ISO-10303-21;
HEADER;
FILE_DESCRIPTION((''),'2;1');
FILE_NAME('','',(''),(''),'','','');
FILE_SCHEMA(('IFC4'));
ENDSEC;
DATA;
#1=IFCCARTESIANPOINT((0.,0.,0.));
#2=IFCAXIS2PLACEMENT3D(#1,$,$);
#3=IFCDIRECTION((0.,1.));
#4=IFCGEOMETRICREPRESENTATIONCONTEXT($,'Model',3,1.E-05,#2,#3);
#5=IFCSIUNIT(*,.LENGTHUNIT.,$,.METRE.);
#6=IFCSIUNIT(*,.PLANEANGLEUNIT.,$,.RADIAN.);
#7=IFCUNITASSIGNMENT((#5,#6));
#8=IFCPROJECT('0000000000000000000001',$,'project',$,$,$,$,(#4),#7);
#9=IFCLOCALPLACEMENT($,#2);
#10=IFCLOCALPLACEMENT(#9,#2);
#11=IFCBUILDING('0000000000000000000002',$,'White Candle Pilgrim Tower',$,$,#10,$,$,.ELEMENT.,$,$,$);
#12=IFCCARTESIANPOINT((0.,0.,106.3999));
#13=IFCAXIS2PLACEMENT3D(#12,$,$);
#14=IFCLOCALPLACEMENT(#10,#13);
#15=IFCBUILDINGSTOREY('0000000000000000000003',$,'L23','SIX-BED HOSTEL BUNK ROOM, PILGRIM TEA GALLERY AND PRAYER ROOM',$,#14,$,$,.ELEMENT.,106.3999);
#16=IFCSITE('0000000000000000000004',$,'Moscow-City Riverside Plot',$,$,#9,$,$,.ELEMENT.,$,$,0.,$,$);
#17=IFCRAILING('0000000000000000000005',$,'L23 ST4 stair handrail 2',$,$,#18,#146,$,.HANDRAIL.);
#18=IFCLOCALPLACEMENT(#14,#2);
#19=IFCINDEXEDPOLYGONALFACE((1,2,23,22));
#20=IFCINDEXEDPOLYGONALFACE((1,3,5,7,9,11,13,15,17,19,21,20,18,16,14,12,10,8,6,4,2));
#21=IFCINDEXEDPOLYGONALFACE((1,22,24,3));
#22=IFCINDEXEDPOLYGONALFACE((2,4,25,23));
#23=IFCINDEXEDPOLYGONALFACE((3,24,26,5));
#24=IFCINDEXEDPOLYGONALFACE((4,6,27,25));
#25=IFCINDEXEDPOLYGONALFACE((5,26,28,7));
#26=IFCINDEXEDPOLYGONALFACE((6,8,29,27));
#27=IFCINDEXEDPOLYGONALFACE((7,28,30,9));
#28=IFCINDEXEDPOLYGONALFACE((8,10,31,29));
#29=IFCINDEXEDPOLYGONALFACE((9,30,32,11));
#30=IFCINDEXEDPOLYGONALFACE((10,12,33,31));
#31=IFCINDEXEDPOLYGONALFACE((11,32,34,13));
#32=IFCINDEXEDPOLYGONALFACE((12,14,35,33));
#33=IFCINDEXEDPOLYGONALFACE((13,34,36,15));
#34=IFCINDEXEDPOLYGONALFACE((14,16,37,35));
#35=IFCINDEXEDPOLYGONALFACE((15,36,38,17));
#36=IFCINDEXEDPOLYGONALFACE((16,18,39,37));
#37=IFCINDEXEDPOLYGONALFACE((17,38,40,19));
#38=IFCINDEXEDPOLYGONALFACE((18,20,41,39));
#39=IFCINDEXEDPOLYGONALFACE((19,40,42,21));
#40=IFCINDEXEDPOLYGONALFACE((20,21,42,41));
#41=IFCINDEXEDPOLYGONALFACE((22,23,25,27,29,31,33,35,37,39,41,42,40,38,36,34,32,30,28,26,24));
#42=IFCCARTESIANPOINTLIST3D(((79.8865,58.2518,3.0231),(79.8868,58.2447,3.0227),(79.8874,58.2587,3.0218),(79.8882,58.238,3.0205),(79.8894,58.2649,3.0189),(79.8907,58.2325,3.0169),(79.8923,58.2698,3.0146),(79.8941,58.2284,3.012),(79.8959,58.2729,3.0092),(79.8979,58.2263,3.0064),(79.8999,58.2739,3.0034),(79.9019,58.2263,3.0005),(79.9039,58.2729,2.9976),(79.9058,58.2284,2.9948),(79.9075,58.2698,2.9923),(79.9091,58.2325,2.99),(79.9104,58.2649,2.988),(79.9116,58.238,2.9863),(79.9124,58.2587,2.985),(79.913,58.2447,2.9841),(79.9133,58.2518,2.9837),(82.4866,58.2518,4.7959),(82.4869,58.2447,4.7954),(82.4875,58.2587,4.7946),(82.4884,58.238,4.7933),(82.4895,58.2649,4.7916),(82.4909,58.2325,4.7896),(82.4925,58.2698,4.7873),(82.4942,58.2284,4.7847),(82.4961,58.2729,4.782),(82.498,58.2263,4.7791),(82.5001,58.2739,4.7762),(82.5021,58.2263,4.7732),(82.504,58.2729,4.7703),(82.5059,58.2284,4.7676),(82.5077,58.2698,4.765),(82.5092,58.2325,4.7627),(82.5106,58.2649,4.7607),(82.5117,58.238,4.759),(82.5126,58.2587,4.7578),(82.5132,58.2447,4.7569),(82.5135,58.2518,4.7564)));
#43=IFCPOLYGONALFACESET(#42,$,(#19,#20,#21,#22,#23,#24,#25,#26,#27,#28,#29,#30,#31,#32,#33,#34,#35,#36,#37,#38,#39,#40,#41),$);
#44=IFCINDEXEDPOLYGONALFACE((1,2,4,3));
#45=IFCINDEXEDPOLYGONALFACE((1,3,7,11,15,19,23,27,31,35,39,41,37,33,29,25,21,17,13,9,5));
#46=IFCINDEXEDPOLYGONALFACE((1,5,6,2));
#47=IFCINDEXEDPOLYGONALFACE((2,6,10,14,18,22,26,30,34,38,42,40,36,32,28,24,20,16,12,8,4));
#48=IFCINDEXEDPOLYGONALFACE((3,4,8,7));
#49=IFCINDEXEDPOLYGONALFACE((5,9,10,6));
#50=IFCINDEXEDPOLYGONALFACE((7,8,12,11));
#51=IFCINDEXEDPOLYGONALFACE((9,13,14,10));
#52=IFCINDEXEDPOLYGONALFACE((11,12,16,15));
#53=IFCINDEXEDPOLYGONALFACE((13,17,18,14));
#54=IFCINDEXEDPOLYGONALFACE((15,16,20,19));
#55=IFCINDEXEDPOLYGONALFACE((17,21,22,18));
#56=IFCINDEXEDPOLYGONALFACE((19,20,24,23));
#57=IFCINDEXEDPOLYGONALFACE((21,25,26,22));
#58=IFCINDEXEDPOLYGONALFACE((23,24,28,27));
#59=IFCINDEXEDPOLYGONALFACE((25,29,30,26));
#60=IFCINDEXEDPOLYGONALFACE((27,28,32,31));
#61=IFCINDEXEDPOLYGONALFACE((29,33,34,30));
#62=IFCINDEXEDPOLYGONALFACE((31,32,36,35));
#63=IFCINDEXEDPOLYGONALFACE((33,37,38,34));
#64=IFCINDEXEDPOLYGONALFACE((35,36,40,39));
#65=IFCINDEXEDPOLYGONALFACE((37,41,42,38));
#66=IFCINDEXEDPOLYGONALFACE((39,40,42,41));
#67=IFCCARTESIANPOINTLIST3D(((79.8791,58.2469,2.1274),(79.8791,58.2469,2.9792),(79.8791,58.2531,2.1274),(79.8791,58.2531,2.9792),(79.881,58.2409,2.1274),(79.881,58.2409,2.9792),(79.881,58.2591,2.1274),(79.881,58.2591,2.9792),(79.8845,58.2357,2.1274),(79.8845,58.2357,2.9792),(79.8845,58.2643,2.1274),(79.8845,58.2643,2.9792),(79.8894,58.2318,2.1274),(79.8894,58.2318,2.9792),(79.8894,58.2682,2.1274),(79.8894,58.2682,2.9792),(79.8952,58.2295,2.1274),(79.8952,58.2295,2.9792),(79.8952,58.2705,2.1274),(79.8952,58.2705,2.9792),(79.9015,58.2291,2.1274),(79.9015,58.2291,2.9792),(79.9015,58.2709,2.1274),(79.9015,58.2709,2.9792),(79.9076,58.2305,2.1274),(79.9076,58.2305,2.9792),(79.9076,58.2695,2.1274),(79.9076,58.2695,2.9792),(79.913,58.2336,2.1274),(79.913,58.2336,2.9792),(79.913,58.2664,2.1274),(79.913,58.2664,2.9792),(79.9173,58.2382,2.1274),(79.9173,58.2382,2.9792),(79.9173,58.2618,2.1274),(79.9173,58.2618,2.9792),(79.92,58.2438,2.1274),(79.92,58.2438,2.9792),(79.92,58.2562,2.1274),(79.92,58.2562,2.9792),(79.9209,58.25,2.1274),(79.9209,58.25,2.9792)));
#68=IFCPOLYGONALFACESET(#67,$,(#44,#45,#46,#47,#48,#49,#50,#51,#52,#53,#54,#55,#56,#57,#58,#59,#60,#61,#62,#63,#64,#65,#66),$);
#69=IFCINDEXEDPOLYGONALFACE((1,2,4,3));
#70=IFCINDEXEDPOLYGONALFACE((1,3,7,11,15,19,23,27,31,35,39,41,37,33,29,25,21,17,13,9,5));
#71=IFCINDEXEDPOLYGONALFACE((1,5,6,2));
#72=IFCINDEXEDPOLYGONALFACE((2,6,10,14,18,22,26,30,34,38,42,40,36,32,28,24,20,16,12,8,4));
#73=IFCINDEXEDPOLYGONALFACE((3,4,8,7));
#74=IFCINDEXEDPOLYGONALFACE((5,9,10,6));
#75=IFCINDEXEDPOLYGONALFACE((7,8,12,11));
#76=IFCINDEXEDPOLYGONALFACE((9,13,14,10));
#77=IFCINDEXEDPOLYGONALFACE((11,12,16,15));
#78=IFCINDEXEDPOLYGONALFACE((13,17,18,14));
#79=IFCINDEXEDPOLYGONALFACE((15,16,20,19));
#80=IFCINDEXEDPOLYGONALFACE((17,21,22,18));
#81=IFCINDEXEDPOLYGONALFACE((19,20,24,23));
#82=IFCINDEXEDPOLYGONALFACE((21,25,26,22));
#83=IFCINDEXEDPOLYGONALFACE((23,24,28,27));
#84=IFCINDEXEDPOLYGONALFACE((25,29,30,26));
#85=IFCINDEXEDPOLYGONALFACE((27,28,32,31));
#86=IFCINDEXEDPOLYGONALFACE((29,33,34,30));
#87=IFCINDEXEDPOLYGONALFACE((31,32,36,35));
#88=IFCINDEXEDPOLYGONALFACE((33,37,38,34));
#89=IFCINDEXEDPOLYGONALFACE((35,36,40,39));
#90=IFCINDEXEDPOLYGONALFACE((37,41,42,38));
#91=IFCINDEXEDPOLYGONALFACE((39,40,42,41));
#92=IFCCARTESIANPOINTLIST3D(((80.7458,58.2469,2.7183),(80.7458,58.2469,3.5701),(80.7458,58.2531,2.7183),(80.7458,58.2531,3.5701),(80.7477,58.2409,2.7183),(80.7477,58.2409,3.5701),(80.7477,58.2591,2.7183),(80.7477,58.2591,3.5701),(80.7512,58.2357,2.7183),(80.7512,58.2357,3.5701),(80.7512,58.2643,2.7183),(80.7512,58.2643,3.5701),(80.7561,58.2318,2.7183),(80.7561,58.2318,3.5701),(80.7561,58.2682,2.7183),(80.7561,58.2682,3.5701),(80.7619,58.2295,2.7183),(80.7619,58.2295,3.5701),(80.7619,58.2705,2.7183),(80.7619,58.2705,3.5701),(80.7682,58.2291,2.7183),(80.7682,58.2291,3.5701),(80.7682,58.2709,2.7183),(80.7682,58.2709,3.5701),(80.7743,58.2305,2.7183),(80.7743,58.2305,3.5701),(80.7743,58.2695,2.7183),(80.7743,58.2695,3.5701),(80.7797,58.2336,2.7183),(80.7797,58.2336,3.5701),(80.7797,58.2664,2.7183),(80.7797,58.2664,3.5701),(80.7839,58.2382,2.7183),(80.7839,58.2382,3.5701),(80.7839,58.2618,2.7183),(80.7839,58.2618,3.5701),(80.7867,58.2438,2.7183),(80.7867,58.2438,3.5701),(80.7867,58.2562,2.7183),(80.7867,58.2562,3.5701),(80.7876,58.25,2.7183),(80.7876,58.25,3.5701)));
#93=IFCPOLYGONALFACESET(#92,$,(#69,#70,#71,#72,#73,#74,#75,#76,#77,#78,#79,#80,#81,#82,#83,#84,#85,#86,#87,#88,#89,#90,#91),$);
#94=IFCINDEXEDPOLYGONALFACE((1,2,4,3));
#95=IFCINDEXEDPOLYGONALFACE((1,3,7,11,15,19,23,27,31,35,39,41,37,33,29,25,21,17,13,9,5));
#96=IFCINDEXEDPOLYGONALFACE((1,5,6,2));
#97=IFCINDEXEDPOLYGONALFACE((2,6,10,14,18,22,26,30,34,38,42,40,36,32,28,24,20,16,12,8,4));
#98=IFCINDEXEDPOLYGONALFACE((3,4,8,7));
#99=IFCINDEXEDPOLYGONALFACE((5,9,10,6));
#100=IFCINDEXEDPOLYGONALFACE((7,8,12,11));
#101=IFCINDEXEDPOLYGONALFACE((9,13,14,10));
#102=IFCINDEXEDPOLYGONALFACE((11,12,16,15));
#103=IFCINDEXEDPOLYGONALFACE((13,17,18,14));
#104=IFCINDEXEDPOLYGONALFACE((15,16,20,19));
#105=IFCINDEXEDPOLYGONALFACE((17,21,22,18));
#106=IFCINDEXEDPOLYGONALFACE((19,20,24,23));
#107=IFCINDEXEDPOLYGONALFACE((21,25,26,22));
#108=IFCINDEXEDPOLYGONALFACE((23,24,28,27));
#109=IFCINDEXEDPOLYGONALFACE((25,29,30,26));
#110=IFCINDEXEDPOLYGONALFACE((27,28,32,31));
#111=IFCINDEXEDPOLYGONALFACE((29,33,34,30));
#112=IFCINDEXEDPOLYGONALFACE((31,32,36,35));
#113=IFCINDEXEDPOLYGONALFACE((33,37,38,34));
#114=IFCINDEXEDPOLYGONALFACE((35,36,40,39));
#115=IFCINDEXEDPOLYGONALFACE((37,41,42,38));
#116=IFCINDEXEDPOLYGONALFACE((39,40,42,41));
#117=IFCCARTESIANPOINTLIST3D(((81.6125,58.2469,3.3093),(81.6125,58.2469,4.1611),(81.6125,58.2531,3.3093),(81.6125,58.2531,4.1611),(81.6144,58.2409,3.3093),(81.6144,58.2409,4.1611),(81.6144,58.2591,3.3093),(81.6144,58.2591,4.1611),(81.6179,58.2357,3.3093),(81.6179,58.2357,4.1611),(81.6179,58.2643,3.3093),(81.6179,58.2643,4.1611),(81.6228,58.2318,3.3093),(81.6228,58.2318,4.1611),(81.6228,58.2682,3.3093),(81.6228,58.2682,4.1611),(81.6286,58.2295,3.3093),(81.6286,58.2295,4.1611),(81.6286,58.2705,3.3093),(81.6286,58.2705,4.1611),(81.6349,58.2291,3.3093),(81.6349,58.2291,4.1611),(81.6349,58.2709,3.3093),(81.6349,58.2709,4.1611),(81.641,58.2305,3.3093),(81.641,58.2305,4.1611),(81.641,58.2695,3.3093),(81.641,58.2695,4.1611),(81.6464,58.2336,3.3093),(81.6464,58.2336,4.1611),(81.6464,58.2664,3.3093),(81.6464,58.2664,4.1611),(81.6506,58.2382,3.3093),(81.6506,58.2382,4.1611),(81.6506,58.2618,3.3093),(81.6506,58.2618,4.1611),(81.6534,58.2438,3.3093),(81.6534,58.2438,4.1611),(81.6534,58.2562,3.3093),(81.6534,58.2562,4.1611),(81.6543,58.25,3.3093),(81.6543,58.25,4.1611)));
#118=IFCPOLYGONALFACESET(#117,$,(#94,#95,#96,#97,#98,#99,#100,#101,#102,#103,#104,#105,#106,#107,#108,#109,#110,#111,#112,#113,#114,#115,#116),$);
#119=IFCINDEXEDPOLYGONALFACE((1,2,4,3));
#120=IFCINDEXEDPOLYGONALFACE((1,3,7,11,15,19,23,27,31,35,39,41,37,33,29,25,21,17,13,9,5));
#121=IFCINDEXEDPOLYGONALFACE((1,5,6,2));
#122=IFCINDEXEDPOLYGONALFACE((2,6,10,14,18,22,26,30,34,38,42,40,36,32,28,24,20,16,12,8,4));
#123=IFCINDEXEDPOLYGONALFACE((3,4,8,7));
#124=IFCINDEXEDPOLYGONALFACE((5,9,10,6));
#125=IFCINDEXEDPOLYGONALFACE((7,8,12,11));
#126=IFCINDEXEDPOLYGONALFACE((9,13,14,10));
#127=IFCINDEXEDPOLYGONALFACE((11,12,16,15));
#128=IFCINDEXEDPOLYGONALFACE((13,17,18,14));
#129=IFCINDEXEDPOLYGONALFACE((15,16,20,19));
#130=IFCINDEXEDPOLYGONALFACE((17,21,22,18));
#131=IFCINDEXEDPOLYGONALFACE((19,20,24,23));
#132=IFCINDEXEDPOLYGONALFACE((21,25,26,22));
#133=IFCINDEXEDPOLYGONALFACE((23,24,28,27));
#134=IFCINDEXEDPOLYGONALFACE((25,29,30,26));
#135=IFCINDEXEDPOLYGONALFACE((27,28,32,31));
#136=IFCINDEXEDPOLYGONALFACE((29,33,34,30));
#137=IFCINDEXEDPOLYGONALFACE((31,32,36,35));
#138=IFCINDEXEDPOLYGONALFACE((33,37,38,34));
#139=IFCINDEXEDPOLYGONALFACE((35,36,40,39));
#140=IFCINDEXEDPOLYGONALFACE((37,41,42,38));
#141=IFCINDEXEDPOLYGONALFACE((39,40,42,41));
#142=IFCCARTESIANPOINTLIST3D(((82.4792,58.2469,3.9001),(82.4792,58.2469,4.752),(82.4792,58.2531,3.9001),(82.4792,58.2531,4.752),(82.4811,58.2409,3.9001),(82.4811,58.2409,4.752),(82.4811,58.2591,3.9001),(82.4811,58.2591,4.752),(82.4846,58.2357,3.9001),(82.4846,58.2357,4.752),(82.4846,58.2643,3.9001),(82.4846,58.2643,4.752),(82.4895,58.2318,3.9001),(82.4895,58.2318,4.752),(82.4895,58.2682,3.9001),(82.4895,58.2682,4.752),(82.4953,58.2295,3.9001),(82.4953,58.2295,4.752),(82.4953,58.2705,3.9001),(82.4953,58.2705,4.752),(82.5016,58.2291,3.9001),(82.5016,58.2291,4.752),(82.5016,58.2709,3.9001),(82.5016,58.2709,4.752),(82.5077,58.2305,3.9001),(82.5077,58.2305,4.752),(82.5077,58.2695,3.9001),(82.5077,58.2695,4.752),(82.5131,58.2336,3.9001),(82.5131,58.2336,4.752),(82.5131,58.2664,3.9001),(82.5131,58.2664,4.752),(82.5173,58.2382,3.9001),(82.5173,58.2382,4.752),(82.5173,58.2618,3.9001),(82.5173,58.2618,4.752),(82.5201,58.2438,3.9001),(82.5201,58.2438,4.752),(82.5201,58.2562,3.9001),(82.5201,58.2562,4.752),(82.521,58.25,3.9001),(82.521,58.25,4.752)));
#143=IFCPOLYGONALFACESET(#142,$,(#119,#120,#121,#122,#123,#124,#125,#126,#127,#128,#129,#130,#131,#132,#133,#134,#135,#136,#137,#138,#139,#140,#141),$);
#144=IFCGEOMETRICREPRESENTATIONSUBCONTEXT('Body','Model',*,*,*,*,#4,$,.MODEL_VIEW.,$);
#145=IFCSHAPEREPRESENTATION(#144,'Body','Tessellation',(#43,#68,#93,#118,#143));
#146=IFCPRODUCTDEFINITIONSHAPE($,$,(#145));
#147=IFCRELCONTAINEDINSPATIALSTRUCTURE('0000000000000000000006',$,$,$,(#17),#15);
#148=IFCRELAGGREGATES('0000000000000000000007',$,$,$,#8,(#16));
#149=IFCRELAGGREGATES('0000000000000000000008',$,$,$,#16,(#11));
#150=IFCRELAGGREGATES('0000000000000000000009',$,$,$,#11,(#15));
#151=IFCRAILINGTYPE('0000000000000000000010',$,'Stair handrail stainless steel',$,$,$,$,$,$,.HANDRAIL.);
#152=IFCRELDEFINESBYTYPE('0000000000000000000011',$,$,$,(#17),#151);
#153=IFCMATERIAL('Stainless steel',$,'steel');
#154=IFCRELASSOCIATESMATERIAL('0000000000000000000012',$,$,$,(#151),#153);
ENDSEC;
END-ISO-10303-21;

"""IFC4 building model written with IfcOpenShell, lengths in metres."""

from ifc_helpers import new_model, si_unit, direction, frame, origin, origin_2d, place, context, subcontext, project, spatial, circle, extrude, material, type_object, element, save


model = new_model("IFC4")

# Units and contexts
model_context = context("Model", 3, precision=1e-05, world=origin(), true_north=direction((0.0, 1.0)))
body_context = subcontext(model_context, "Body", "Model", "MODEL_VIEW")
ifc_project = project(units=[si_unit("LENGTHUNIT", "METRE"), si_unit("PLANEANGLEUNIT", "RADIAN")], contexts=[model_context])

# Site, building, storey
site_placement = place(None, origin())
site = spatial("IfcSite", under=ifc_project, at=site_placement, Name="Moscow-City Riverside Plot", CompositionType="ELEMENT", RefElevation=0.0)
building_placement = place(site_placement, origin())
building = spatial("IfcBuilding", under=site, at=building_placement, Name="White Candle Pilgrim Tower", CompositionType="ELEMENT")
storey_placement = place(building_placement, frame((0.0, 0.0, 106.3999)))
storey = spatial("IfcBuildingStorey", under=building, at=storey_placement, Name="L23", Description="SIX-BED HOSTEL BUNK ROOM, PILGRIM TEA GALLERY AND PRAYER ROOM", CompositionType="ELEMENT", Elevation=106.3999)

# Railing
ifc_material_1 = material(Name="Stainless steel", Category="steel")
railing_type_1 = type_object("IfcRailingType", Name="Stair handrail stainless steel", PredefinedType="HANDRAIL", material=ifc_material_1)
railing_1_placement = place(storey_placement, frame((79.8999, 58.25, 2.1274)))
element("IfcRailing", 1, at=railing_1_placement, inside=storey, type_object=railing_type_1, Name="L23 ST4 stair handrail 2", PredefinedType="HANDRAIL", context=body_context, shape_type="SweptSolid", body=[
    extrude(circle(Radius=0.0239, at=origin_2d()), frame((0.0, 0.0, 0.876), z_axis=(0.82624, 0.0, 0.563318), x_axis=(0.0, 1.0, 0.0)), (0.0, 0.0, 1.0), 3.147),
    extrude(circle(Radius=0.021, at=origin_2d()), origin(), (0.0, 0.0, 1.0), 0.8518),
    extrude(circle(Radius=0.021, at=origin_2d()), frame((0.8667, 0.0, 0.5908)), (0.0, 0.0, 1.0), 0.8518),
    extrude(circle(Radius=0.021, at=origin_2d()), frame((1.7334, 0.0, 1.1819)), (0.0, 0.0, 1.0), 0.8518),
    extrude(circle(Radius=0.021, at=origin_2d()), frame((2.6001, 0.0, 1.7727)), (0.0, 0.0, 1.0), 0.8518),
])

save(model, "model.ifc")
